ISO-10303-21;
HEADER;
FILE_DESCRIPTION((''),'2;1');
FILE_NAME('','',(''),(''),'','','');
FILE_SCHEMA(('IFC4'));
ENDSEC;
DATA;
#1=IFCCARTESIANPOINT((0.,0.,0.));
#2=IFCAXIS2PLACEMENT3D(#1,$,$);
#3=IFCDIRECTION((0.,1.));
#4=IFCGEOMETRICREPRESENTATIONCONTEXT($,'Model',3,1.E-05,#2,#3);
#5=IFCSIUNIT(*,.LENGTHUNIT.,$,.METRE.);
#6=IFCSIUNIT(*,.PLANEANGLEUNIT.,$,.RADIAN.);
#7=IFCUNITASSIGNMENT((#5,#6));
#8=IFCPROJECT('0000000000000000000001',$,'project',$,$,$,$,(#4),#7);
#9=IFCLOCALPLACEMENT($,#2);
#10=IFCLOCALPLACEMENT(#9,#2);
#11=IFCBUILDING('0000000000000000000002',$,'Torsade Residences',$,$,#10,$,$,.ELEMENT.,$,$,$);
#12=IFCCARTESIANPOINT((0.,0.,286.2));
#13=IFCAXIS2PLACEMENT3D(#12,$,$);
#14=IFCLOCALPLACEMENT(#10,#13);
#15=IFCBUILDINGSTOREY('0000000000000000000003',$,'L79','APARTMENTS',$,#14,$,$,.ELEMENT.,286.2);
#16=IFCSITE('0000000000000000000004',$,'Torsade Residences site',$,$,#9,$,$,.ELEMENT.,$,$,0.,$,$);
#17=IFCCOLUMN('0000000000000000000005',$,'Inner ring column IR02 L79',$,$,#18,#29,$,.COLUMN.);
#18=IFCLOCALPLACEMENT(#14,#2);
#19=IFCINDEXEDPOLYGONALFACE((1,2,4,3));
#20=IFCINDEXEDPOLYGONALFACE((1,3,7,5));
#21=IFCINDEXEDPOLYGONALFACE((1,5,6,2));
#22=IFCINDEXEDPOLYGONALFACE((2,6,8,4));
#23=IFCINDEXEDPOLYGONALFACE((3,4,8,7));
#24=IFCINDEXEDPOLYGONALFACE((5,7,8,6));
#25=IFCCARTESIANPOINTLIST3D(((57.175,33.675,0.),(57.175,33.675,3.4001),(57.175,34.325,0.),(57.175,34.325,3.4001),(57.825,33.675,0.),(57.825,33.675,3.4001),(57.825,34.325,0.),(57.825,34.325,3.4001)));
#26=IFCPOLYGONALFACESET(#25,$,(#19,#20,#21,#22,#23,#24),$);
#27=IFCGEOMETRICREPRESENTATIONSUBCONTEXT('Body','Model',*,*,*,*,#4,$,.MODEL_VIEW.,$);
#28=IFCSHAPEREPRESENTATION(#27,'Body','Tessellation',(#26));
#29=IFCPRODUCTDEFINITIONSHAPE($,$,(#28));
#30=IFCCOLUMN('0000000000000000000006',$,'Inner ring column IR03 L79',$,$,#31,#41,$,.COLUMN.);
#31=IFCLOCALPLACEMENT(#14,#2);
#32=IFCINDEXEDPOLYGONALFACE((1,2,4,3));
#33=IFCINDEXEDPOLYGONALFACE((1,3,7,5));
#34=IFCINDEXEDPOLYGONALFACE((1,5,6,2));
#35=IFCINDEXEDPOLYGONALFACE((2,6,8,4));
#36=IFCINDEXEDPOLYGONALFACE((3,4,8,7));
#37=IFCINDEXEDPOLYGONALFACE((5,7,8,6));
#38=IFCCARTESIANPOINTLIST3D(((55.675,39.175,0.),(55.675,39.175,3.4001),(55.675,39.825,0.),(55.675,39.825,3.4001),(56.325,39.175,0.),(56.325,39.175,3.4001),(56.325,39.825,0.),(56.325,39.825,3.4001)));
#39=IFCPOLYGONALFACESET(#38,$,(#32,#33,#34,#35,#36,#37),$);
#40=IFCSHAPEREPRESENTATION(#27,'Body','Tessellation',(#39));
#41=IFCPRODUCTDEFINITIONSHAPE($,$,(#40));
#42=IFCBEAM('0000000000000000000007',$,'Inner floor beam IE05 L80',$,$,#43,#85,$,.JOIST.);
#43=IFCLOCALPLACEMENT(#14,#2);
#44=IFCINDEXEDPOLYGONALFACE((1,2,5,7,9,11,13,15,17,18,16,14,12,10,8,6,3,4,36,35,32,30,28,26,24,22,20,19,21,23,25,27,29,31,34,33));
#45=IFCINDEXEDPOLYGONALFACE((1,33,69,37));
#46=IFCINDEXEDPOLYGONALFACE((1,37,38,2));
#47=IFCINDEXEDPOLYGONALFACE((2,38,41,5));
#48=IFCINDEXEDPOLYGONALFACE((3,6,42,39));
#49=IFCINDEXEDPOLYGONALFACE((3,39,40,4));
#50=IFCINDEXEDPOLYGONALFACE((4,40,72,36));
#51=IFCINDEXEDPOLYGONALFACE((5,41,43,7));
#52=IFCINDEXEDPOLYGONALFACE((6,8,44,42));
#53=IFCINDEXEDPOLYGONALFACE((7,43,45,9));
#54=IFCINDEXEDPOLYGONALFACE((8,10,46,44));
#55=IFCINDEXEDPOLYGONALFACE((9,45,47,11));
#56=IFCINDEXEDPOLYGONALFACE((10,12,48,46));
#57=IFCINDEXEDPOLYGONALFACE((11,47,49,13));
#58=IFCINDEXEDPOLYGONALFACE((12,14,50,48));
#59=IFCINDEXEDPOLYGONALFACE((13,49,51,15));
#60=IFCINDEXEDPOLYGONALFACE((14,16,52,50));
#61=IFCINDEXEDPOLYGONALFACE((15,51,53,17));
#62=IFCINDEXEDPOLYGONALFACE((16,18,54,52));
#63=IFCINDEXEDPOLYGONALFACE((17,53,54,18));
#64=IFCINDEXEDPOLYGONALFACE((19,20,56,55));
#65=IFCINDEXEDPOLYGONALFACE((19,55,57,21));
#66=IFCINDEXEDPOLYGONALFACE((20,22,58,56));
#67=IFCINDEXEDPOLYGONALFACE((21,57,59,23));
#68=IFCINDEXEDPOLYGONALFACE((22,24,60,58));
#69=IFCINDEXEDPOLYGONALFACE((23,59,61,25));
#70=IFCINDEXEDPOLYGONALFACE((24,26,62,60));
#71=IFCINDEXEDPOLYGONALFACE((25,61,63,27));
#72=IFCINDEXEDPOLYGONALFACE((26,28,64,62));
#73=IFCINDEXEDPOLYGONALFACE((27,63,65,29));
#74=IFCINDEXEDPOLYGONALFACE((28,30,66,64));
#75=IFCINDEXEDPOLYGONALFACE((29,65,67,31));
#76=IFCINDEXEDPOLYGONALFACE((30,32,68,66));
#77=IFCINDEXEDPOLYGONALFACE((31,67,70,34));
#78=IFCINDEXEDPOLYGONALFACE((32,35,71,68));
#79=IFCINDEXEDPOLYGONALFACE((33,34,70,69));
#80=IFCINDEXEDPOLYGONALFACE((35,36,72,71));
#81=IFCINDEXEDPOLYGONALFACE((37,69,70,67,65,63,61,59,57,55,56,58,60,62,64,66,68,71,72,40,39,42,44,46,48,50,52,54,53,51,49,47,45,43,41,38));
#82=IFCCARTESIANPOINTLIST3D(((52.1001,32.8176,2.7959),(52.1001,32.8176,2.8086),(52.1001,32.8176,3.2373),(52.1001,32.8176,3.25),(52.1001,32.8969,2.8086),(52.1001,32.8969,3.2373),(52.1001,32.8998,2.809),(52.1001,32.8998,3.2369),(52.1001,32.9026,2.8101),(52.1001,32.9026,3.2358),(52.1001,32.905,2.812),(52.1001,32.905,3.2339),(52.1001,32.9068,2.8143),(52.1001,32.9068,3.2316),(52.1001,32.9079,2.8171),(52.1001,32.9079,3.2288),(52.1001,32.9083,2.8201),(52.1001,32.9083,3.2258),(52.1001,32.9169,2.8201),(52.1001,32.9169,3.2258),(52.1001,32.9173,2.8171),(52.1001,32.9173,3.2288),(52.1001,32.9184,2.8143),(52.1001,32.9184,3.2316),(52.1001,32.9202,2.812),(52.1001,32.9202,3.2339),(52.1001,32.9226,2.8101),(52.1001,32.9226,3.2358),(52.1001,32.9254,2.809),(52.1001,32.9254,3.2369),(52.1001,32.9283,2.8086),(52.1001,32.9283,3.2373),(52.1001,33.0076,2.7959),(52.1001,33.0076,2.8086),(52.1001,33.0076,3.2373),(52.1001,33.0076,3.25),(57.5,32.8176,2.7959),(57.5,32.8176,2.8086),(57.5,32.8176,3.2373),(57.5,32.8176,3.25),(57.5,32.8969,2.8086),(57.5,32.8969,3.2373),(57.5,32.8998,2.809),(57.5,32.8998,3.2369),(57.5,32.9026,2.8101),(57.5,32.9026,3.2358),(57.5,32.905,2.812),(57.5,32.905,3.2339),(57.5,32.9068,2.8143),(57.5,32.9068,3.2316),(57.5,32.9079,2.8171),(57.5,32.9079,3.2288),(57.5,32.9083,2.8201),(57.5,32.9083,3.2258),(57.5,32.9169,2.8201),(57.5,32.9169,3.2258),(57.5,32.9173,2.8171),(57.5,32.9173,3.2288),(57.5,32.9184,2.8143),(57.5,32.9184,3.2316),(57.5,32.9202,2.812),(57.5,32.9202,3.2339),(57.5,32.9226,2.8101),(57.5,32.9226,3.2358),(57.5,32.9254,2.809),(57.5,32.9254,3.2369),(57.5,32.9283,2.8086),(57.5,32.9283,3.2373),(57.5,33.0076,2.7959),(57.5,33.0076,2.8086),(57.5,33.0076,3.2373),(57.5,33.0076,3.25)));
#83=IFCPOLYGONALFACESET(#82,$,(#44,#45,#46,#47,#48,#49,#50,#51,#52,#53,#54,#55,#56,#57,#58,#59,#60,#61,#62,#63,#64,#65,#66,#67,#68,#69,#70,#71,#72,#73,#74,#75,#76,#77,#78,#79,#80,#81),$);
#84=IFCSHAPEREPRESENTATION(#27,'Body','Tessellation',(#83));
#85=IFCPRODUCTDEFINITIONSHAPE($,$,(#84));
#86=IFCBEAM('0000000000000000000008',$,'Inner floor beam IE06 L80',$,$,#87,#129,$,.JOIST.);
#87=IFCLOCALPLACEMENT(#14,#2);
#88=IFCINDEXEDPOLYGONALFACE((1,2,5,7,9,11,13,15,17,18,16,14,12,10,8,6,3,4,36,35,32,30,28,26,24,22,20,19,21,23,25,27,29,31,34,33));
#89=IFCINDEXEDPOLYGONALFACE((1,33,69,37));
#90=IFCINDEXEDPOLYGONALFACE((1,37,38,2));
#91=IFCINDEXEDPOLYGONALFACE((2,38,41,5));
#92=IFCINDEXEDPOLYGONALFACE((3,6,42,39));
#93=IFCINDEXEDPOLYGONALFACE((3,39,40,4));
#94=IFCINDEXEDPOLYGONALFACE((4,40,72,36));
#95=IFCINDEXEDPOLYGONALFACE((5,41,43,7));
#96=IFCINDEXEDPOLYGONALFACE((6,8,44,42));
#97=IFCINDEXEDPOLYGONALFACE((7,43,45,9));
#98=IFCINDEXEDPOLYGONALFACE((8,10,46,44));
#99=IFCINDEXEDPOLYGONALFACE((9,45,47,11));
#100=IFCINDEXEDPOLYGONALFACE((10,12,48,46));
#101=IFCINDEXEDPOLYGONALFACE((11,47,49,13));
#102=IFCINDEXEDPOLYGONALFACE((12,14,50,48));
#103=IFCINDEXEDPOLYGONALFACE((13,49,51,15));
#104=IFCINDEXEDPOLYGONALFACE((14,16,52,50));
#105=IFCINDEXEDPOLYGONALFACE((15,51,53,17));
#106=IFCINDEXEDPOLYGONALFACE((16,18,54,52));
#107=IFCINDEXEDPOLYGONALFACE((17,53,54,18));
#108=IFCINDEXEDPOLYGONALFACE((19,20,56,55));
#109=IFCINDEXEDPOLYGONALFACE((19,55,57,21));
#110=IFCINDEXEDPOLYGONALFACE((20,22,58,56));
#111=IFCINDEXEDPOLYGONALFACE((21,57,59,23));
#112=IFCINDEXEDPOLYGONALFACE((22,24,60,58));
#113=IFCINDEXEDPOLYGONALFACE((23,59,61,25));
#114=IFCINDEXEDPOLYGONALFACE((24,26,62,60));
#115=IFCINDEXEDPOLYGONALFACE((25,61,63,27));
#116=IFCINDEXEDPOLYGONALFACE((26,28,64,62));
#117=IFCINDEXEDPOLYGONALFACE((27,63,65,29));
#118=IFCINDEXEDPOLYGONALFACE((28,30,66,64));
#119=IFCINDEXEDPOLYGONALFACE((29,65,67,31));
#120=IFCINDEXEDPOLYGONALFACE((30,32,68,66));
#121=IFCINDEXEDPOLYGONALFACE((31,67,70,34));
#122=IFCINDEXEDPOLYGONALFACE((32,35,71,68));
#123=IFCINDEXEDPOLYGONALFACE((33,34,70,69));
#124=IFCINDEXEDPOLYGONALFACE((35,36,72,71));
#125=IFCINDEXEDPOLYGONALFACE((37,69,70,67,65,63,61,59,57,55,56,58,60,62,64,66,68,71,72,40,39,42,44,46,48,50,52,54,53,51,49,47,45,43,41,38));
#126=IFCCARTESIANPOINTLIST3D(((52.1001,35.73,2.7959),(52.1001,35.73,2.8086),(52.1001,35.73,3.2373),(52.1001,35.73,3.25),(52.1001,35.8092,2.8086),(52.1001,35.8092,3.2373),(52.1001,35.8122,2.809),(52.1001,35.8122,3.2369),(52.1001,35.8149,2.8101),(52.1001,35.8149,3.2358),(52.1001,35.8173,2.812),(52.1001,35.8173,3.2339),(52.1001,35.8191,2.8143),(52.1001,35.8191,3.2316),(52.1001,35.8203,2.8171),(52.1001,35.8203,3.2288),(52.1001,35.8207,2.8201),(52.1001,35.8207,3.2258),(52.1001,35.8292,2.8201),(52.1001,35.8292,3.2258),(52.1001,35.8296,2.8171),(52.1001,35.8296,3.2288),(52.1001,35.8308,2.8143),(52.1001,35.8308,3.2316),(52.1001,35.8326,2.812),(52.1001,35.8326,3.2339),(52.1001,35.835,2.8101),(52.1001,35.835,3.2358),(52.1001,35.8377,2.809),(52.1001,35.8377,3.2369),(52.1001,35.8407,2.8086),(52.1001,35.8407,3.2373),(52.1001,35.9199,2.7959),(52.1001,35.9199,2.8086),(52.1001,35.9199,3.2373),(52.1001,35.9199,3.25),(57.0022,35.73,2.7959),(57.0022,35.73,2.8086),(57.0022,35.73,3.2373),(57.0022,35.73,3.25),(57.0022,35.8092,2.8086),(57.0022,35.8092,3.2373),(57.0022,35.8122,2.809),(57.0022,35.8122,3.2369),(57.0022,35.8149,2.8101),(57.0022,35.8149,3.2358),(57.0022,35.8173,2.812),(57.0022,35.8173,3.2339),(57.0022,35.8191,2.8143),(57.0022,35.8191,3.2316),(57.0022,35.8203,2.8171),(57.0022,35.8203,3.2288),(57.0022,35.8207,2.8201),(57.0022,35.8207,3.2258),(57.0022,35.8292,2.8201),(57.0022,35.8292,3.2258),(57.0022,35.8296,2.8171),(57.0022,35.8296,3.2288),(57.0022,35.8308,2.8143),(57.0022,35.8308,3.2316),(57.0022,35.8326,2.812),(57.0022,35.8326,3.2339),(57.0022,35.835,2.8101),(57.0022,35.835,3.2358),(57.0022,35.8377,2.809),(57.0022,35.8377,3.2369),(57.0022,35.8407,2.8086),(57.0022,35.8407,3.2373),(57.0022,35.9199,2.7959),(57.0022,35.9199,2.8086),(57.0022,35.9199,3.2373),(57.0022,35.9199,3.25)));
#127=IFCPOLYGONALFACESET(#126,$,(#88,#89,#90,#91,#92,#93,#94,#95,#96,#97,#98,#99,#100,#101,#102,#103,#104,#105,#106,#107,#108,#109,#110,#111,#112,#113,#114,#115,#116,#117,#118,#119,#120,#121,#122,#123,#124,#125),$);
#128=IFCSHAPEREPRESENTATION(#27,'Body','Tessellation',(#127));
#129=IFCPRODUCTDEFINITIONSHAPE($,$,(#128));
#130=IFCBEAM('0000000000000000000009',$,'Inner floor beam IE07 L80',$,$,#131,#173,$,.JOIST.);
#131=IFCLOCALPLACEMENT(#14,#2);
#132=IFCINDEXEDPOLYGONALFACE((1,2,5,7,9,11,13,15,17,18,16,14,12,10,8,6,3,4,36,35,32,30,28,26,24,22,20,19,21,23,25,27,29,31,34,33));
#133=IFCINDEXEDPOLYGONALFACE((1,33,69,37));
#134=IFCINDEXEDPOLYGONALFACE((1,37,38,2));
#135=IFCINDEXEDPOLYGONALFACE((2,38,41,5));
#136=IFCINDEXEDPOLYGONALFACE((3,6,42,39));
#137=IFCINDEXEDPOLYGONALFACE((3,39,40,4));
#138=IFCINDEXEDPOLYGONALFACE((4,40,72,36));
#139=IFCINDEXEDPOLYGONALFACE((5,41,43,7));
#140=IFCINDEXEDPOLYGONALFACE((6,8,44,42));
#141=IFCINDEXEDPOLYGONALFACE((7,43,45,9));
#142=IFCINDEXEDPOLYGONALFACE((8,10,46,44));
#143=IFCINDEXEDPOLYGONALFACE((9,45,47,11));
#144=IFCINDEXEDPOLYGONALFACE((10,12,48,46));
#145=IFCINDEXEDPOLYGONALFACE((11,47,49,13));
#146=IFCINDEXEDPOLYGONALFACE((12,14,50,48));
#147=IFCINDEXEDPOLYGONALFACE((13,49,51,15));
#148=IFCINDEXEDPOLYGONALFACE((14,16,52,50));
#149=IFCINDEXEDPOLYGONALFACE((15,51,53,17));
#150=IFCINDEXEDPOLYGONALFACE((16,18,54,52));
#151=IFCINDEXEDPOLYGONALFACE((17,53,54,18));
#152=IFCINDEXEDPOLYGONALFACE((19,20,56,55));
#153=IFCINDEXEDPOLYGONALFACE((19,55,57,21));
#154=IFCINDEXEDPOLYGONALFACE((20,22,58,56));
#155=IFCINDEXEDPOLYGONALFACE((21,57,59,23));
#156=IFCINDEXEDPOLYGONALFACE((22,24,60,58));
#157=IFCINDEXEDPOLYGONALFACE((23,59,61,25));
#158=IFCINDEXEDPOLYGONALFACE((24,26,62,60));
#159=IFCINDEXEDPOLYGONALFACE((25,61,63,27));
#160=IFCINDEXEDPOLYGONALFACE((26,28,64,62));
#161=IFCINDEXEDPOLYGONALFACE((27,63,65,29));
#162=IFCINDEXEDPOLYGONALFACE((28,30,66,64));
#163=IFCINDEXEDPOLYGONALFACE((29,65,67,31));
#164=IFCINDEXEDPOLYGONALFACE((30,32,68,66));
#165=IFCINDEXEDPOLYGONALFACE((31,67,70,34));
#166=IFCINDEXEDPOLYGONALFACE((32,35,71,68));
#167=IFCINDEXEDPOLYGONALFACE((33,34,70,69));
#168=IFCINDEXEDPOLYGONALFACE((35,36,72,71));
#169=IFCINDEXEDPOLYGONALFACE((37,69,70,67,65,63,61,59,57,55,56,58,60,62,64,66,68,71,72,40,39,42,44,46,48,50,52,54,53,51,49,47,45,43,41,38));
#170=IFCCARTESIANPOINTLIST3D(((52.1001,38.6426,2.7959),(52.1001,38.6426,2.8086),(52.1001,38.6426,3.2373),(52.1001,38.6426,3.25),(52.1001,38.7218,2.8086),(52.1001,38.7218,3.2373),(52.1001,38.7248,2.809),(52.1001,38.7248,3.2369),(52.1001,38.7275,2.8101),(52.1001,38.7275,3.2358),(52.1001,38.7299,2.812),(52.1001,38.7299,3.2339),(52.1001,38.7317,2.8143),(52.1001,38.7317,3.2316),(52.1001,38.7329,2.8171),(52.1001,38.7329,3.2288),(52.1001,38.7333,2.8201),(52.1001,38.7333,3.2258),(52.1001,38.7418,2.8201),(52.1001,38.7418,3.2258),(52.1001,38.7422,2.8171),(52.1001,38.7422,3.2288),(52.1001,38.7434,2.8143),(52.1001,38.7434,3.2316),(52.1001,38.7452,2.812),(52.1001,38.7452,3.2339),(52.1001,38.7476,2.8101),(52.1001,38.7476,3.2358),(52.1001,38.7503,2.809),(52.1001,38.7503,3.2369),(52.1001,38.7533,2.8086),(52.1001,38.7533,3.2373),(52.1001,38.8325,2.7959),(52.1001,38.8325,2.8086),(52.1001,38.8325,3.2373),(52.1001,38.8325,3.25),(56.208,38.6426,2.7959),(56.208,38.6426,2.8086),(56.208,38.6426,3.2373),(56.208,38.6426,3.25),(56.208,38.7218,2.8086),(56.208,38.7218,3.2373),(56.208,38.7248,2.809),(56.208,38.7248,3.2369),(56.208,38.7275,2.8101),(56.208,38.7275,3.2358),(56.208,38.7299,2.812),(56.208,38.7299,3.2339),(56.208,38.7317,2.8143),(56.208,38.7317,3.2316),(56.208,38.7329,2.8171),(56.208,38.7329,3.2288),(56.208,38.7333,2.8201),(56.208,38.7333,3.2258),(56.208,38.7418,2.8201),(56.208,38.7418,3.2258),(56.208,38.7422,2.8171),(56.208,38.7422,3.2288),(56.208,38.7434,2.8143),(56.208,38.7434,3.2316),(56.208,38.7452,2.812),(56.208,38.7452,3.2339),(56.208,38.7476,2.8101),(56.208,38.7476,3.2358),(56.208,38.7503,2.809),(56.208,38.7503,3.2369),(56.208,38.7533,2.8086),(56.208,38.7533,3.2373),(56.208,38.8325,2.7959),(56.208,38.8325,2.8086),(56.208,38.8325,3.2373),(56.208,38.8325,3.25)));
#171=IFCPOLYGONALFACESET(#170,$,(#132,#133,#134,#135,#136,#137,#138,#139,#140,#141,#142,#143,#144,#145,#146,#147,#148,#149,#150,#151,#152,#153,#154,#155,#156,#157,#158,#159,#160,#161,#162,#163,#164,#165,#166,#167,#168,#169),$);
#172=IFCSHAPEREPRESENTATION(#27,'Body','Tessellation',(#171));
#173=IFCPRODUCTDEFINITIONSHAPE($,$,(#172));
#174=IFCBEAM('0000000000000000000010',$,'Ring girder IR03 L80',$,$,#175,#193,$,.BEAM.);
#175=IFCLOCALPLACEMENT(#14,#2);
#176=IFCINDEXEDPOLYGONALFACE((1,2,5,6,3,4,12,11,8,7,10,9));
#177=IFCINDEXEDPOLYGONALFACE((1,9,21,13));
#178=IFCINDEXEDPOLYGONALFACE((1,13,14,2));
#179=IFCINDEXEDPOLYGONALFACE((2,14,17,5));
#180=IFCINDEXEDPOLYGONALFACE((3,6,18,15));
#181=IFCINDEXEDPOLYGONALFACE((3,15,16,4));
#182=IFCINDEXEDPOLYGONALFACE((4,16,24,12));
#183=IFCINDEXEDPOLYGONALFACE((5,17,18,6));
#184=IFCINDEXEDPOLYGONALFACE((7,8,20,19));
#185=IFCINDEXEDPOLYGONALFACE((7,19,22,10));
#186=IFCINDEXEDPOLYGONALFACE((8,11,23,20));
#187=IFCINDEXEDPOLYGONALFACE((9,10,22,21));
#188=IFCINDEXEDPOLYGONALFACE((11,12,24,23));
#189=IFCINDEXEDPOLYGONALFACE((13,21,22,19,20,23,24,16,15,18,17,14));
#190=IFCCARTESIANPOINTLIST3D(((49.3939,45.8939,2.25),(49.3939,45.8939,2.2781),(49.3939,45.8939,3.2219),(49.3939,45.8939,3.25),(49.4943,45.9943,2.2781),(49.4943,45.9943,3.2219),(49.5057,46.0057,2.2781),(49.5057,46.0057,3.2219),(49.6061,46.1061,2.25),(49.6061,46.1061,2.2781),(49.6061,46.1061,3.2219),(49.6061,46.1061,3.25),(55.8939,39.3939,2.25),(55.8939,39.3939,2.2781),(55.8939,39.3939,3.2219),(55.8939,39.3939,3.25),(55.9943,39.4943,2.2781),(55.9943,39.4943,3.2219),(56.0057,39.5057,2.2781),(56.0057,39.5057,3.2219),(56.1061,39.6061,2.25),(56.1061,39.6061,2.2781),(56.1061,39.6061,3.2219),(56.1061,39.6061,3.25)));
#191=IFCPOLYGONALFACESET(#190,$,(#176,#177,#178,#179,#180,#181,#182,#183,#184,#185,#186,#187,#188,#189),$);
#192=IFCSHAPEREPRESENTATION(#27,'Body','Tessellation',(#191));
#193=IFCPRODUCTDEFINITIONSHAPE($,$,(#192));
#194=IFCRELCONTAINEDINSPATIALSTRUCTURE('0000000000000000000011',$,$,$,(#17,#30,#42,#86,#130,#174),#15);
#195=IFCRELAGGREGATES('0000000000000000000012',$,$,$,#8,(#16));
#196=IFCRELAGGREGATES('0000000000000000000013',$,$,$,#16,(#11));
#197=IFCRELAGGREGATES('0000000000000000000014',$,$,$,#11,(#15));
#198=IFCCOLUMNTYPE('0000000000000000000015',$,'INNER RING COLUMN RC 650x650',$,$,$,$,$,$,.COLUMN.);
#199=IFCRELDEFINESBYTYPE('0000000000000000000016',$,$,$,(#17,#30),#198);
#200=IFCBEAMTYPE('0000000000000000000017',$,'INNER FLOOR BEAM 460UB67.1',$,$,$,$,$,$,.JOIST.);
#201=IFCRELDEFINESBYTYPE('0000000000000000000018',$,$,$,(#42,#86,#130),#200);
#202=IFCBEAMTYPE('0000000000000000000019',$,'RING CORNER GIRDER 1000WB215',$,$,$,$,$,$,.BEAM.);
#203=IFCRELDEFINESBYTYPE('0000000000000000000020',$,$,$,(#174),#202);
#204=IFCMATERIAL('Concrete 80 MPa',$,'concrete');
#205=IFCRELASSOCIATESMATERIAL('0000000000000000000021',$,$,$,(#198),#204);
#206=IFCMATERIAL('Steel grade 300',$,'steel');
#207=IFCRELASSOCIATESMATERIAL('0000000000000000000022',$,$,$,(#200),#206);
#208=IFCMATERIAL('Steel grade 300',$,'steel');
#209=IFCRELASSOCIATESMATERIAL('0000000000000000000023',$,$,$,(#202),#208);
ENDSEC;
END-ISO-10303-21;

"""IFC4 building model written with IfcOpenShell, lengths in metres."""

from ifc_helpers import new_model, si_unit, direction, frame, origin, origin_2d, place, context, subcontext, project, spatial, rectangle, i_section, extrude, material, material_profile, profile_set, type_object, element, save


model = new_model("IFC4")

# Units and contexts
model_context = context("Model", 3, precision=1e-05, world=origin(), true_north=direction((0.0, 1.0)))
body_context = subcontext(model_context, "Body", "Model", "MODEL_VIEW")
ifc_project = project(units=[si_unit("LENGTHUNIT", "METRE"), si_unit("PLANEANGLEUNIT", "RADIAN")], contexts=[model_context])

# Site, building, storey
site_placement = place(None, origin())
site = spatial("IfcSite", under=ifc_project, at=site_placement, Name="Torsade Residences site", CompositionType="ELEMENT", RefElevation=0.0)
building_placement = place(site_placement, origin())
building = spatial("IfcBuilding", under=site, at=building_placement, Name="Torsade Residences", CompositionType="ELEMENT")
storey_placement = place(building_placement, frame((0.0, 0.0, 286.2)))
storey = spatial("IfcBuildingStorey", under=building, at=storey_placement, Name="L79", Description="APARTMENTS", CompositionType="ELEMENT", Elevation=286.2)

# Columns
ifc_material_1 = material(Name="Concrete 80 MPa", Category="concrete")
ifc_material_profile_1 = material_profile(ifc_material_1, rectangle(XDim=0.6499, YDim=0.6499, at=origin_2d()), Name="RC 650x650")
ifc_profile_set_1 = profile_set([ifc_material_profile_1], Name="Concrete 80 MPa")
column_type = type_object("IfcColumnType", Name="INNER RING COLUMN RC 650x650", PredefinedType="COLUMN", material=ifc_profile_set_1)
for number, where, z_axis, x_axis, name in (
    (1, (57.5, 34.0, 0.0), (0.0, 0.0, 1.0), (1.0, 0.0, 0.0), "Inner ring column IR02 L79"),
    (2, (56.0, 39.5, 0.0), (0.0, 0.0, 1.0), (1.0, 0.0, 0.0), "Inner ring column IR03 L79"),
):
    element("IfcColumn", number, at=place(storey_placement, frame(where, z_axis=z_axis, x_axis=x_axis)), inside=storey, type_object=column_type, Name=name, PredefinedType="COLUMN", context=body_context, shape_type="SweptSolid", body=[
        extrude(rectangle(XDim=0.6499, YDim=0.6499, at=origin_2d()), origin(), (0.0, 0.0, 1.0), 3.4001),
    ])

# Beams
ifc_material_2 = material(Name="Steel grade 300", Category="steel")
ifc_material_profile_2 = material_profile(ifc_material_2, i_section(OverallWidth=0.1899, OverallDepth=0.4541, WebThickness=0.0085, FlangeThickness=0.0127, FilletRadius=0.0115, at=origin_2d()), Name="460UB67.1")
ifc_profile_set_2 = profile_set([ifc_material_profile_2], Name="Steel grade 300")
beam_type_1 = type_object("IfcBeamType", Name="INNER FLOOR BEAM 460UB67.1", PredefinedType="JOIST", material=ifc_profile_set_2)
beam_1_placement = place(storey_placement, frame((52.1001, 32.9126, 3.0229), z_axis=(1.0, 0.0, 0.0), x_axis=(0.0, 1.0, 0.0)))
element("IfcBeam", 3, at=beam_1_placement, inside=storey, type_object=beam_type_1, Name="Inner floor beam IE05 L80", PredefinedType="JOIST", context=body_context, shape_type="SweptSolid", body=[
    extrude(i_section(OverallWidth=0.1899, OverallDepth=0.4541, WebThickness=0.0085, FlangeThickness=0.0127, FilletRadius=0.0115, at=origin_2d()), origin(), (0.0, 0.0, 1.0), 5.3999),
])
beam_2_placement = place(storey_placement, frame((52.1001, 35.825, 3.0229), z_axis=(1.0, 0.0, 0.0), x_axis=(0.0, 1.0, 0.0)))
element("IfcBeam", 4, at=beam_2_placement, inside=storey, type_object=beam_type_1, Name="Inner floor beam IE06 L80", PredefinedType="JOIST", context=body_context, shape_type="SweptSolid", body=[
    extrude(i_section(OverallWidth=0.1899, OverallDepth=0.4541, WebThickness=0.0085, FlangeThickness=0.0127, FilletRadius=0.0115, at=origin_2d()), origin(), (0.0, 0.0, 1.0), 4.9021),
])
beam_3_placement = place(storey_placement, frame((52.1001, 38.7375, 3.0229), z_axis=(1.0, 0.0, 0.0), x_axis=(0.0, 1.0, 0.0)))
element("IfcBeam", 5, at=beam_3_placement, inside=storey, type_object=beam_type_1, Name="Inner floor beam IE07 L80", PredefinedType="JOIST", context=body_context, shape_type="SweptSolid", body=[
    extrude(i_section(OverallWidth=0.1899, OverallDepth=0.4541, WebThickness=0.0085, FlangeThickness=0.0127, FilletRadius=0.0115, at=origin_2d()), origin(), (0.0, 0.0, 1.0), 4.1079),
])
ifc_material_3 = material(Name="Steel grade 300", Category="steel")
ifc_material_profile_3 = material_profile(ifc_material_3, i_section(OverallWidth=0.3, OverallDepth=1.0, WebThickness=0.0161, FlangeThickness=0.0281, at=origin_2d()), Name="1000WB215")
ifc_profile_set_3 = profile_set([ifc_material_profile_3], Name="Steel grade 300")
beam_type_2 = type_object("IfcBeamType", Name="RING CORNER GIRDER 1000WB215", PredefinedType="BEAM", material=ifc_profile_set_3)
beam_4_placement = place(storey_placement, frame((56.0, 39.5, 2.75), z_axis=(-0.707107, 0.707107, 0.0), x_axis=(-0.707107, -0.707107, 0.0)))
element("IfcBeam", 6, at=beam_4_placement, inside=storey, type_object=beam_type_2, Name="Ring girder IR03 L80", PredefinedType="BEAM", context=body_context, shape_type="SweptSolid", body=[
    extrude(i_section(OverallWidth=0.3, OverallDepth=1.0, WebThickness=0.0161, FlangeThickness=0.0281, at=origin_2d()), origin(), (0.0, 0.0, 1.0), 9.1924),
])

save(model, "model.ifc")
